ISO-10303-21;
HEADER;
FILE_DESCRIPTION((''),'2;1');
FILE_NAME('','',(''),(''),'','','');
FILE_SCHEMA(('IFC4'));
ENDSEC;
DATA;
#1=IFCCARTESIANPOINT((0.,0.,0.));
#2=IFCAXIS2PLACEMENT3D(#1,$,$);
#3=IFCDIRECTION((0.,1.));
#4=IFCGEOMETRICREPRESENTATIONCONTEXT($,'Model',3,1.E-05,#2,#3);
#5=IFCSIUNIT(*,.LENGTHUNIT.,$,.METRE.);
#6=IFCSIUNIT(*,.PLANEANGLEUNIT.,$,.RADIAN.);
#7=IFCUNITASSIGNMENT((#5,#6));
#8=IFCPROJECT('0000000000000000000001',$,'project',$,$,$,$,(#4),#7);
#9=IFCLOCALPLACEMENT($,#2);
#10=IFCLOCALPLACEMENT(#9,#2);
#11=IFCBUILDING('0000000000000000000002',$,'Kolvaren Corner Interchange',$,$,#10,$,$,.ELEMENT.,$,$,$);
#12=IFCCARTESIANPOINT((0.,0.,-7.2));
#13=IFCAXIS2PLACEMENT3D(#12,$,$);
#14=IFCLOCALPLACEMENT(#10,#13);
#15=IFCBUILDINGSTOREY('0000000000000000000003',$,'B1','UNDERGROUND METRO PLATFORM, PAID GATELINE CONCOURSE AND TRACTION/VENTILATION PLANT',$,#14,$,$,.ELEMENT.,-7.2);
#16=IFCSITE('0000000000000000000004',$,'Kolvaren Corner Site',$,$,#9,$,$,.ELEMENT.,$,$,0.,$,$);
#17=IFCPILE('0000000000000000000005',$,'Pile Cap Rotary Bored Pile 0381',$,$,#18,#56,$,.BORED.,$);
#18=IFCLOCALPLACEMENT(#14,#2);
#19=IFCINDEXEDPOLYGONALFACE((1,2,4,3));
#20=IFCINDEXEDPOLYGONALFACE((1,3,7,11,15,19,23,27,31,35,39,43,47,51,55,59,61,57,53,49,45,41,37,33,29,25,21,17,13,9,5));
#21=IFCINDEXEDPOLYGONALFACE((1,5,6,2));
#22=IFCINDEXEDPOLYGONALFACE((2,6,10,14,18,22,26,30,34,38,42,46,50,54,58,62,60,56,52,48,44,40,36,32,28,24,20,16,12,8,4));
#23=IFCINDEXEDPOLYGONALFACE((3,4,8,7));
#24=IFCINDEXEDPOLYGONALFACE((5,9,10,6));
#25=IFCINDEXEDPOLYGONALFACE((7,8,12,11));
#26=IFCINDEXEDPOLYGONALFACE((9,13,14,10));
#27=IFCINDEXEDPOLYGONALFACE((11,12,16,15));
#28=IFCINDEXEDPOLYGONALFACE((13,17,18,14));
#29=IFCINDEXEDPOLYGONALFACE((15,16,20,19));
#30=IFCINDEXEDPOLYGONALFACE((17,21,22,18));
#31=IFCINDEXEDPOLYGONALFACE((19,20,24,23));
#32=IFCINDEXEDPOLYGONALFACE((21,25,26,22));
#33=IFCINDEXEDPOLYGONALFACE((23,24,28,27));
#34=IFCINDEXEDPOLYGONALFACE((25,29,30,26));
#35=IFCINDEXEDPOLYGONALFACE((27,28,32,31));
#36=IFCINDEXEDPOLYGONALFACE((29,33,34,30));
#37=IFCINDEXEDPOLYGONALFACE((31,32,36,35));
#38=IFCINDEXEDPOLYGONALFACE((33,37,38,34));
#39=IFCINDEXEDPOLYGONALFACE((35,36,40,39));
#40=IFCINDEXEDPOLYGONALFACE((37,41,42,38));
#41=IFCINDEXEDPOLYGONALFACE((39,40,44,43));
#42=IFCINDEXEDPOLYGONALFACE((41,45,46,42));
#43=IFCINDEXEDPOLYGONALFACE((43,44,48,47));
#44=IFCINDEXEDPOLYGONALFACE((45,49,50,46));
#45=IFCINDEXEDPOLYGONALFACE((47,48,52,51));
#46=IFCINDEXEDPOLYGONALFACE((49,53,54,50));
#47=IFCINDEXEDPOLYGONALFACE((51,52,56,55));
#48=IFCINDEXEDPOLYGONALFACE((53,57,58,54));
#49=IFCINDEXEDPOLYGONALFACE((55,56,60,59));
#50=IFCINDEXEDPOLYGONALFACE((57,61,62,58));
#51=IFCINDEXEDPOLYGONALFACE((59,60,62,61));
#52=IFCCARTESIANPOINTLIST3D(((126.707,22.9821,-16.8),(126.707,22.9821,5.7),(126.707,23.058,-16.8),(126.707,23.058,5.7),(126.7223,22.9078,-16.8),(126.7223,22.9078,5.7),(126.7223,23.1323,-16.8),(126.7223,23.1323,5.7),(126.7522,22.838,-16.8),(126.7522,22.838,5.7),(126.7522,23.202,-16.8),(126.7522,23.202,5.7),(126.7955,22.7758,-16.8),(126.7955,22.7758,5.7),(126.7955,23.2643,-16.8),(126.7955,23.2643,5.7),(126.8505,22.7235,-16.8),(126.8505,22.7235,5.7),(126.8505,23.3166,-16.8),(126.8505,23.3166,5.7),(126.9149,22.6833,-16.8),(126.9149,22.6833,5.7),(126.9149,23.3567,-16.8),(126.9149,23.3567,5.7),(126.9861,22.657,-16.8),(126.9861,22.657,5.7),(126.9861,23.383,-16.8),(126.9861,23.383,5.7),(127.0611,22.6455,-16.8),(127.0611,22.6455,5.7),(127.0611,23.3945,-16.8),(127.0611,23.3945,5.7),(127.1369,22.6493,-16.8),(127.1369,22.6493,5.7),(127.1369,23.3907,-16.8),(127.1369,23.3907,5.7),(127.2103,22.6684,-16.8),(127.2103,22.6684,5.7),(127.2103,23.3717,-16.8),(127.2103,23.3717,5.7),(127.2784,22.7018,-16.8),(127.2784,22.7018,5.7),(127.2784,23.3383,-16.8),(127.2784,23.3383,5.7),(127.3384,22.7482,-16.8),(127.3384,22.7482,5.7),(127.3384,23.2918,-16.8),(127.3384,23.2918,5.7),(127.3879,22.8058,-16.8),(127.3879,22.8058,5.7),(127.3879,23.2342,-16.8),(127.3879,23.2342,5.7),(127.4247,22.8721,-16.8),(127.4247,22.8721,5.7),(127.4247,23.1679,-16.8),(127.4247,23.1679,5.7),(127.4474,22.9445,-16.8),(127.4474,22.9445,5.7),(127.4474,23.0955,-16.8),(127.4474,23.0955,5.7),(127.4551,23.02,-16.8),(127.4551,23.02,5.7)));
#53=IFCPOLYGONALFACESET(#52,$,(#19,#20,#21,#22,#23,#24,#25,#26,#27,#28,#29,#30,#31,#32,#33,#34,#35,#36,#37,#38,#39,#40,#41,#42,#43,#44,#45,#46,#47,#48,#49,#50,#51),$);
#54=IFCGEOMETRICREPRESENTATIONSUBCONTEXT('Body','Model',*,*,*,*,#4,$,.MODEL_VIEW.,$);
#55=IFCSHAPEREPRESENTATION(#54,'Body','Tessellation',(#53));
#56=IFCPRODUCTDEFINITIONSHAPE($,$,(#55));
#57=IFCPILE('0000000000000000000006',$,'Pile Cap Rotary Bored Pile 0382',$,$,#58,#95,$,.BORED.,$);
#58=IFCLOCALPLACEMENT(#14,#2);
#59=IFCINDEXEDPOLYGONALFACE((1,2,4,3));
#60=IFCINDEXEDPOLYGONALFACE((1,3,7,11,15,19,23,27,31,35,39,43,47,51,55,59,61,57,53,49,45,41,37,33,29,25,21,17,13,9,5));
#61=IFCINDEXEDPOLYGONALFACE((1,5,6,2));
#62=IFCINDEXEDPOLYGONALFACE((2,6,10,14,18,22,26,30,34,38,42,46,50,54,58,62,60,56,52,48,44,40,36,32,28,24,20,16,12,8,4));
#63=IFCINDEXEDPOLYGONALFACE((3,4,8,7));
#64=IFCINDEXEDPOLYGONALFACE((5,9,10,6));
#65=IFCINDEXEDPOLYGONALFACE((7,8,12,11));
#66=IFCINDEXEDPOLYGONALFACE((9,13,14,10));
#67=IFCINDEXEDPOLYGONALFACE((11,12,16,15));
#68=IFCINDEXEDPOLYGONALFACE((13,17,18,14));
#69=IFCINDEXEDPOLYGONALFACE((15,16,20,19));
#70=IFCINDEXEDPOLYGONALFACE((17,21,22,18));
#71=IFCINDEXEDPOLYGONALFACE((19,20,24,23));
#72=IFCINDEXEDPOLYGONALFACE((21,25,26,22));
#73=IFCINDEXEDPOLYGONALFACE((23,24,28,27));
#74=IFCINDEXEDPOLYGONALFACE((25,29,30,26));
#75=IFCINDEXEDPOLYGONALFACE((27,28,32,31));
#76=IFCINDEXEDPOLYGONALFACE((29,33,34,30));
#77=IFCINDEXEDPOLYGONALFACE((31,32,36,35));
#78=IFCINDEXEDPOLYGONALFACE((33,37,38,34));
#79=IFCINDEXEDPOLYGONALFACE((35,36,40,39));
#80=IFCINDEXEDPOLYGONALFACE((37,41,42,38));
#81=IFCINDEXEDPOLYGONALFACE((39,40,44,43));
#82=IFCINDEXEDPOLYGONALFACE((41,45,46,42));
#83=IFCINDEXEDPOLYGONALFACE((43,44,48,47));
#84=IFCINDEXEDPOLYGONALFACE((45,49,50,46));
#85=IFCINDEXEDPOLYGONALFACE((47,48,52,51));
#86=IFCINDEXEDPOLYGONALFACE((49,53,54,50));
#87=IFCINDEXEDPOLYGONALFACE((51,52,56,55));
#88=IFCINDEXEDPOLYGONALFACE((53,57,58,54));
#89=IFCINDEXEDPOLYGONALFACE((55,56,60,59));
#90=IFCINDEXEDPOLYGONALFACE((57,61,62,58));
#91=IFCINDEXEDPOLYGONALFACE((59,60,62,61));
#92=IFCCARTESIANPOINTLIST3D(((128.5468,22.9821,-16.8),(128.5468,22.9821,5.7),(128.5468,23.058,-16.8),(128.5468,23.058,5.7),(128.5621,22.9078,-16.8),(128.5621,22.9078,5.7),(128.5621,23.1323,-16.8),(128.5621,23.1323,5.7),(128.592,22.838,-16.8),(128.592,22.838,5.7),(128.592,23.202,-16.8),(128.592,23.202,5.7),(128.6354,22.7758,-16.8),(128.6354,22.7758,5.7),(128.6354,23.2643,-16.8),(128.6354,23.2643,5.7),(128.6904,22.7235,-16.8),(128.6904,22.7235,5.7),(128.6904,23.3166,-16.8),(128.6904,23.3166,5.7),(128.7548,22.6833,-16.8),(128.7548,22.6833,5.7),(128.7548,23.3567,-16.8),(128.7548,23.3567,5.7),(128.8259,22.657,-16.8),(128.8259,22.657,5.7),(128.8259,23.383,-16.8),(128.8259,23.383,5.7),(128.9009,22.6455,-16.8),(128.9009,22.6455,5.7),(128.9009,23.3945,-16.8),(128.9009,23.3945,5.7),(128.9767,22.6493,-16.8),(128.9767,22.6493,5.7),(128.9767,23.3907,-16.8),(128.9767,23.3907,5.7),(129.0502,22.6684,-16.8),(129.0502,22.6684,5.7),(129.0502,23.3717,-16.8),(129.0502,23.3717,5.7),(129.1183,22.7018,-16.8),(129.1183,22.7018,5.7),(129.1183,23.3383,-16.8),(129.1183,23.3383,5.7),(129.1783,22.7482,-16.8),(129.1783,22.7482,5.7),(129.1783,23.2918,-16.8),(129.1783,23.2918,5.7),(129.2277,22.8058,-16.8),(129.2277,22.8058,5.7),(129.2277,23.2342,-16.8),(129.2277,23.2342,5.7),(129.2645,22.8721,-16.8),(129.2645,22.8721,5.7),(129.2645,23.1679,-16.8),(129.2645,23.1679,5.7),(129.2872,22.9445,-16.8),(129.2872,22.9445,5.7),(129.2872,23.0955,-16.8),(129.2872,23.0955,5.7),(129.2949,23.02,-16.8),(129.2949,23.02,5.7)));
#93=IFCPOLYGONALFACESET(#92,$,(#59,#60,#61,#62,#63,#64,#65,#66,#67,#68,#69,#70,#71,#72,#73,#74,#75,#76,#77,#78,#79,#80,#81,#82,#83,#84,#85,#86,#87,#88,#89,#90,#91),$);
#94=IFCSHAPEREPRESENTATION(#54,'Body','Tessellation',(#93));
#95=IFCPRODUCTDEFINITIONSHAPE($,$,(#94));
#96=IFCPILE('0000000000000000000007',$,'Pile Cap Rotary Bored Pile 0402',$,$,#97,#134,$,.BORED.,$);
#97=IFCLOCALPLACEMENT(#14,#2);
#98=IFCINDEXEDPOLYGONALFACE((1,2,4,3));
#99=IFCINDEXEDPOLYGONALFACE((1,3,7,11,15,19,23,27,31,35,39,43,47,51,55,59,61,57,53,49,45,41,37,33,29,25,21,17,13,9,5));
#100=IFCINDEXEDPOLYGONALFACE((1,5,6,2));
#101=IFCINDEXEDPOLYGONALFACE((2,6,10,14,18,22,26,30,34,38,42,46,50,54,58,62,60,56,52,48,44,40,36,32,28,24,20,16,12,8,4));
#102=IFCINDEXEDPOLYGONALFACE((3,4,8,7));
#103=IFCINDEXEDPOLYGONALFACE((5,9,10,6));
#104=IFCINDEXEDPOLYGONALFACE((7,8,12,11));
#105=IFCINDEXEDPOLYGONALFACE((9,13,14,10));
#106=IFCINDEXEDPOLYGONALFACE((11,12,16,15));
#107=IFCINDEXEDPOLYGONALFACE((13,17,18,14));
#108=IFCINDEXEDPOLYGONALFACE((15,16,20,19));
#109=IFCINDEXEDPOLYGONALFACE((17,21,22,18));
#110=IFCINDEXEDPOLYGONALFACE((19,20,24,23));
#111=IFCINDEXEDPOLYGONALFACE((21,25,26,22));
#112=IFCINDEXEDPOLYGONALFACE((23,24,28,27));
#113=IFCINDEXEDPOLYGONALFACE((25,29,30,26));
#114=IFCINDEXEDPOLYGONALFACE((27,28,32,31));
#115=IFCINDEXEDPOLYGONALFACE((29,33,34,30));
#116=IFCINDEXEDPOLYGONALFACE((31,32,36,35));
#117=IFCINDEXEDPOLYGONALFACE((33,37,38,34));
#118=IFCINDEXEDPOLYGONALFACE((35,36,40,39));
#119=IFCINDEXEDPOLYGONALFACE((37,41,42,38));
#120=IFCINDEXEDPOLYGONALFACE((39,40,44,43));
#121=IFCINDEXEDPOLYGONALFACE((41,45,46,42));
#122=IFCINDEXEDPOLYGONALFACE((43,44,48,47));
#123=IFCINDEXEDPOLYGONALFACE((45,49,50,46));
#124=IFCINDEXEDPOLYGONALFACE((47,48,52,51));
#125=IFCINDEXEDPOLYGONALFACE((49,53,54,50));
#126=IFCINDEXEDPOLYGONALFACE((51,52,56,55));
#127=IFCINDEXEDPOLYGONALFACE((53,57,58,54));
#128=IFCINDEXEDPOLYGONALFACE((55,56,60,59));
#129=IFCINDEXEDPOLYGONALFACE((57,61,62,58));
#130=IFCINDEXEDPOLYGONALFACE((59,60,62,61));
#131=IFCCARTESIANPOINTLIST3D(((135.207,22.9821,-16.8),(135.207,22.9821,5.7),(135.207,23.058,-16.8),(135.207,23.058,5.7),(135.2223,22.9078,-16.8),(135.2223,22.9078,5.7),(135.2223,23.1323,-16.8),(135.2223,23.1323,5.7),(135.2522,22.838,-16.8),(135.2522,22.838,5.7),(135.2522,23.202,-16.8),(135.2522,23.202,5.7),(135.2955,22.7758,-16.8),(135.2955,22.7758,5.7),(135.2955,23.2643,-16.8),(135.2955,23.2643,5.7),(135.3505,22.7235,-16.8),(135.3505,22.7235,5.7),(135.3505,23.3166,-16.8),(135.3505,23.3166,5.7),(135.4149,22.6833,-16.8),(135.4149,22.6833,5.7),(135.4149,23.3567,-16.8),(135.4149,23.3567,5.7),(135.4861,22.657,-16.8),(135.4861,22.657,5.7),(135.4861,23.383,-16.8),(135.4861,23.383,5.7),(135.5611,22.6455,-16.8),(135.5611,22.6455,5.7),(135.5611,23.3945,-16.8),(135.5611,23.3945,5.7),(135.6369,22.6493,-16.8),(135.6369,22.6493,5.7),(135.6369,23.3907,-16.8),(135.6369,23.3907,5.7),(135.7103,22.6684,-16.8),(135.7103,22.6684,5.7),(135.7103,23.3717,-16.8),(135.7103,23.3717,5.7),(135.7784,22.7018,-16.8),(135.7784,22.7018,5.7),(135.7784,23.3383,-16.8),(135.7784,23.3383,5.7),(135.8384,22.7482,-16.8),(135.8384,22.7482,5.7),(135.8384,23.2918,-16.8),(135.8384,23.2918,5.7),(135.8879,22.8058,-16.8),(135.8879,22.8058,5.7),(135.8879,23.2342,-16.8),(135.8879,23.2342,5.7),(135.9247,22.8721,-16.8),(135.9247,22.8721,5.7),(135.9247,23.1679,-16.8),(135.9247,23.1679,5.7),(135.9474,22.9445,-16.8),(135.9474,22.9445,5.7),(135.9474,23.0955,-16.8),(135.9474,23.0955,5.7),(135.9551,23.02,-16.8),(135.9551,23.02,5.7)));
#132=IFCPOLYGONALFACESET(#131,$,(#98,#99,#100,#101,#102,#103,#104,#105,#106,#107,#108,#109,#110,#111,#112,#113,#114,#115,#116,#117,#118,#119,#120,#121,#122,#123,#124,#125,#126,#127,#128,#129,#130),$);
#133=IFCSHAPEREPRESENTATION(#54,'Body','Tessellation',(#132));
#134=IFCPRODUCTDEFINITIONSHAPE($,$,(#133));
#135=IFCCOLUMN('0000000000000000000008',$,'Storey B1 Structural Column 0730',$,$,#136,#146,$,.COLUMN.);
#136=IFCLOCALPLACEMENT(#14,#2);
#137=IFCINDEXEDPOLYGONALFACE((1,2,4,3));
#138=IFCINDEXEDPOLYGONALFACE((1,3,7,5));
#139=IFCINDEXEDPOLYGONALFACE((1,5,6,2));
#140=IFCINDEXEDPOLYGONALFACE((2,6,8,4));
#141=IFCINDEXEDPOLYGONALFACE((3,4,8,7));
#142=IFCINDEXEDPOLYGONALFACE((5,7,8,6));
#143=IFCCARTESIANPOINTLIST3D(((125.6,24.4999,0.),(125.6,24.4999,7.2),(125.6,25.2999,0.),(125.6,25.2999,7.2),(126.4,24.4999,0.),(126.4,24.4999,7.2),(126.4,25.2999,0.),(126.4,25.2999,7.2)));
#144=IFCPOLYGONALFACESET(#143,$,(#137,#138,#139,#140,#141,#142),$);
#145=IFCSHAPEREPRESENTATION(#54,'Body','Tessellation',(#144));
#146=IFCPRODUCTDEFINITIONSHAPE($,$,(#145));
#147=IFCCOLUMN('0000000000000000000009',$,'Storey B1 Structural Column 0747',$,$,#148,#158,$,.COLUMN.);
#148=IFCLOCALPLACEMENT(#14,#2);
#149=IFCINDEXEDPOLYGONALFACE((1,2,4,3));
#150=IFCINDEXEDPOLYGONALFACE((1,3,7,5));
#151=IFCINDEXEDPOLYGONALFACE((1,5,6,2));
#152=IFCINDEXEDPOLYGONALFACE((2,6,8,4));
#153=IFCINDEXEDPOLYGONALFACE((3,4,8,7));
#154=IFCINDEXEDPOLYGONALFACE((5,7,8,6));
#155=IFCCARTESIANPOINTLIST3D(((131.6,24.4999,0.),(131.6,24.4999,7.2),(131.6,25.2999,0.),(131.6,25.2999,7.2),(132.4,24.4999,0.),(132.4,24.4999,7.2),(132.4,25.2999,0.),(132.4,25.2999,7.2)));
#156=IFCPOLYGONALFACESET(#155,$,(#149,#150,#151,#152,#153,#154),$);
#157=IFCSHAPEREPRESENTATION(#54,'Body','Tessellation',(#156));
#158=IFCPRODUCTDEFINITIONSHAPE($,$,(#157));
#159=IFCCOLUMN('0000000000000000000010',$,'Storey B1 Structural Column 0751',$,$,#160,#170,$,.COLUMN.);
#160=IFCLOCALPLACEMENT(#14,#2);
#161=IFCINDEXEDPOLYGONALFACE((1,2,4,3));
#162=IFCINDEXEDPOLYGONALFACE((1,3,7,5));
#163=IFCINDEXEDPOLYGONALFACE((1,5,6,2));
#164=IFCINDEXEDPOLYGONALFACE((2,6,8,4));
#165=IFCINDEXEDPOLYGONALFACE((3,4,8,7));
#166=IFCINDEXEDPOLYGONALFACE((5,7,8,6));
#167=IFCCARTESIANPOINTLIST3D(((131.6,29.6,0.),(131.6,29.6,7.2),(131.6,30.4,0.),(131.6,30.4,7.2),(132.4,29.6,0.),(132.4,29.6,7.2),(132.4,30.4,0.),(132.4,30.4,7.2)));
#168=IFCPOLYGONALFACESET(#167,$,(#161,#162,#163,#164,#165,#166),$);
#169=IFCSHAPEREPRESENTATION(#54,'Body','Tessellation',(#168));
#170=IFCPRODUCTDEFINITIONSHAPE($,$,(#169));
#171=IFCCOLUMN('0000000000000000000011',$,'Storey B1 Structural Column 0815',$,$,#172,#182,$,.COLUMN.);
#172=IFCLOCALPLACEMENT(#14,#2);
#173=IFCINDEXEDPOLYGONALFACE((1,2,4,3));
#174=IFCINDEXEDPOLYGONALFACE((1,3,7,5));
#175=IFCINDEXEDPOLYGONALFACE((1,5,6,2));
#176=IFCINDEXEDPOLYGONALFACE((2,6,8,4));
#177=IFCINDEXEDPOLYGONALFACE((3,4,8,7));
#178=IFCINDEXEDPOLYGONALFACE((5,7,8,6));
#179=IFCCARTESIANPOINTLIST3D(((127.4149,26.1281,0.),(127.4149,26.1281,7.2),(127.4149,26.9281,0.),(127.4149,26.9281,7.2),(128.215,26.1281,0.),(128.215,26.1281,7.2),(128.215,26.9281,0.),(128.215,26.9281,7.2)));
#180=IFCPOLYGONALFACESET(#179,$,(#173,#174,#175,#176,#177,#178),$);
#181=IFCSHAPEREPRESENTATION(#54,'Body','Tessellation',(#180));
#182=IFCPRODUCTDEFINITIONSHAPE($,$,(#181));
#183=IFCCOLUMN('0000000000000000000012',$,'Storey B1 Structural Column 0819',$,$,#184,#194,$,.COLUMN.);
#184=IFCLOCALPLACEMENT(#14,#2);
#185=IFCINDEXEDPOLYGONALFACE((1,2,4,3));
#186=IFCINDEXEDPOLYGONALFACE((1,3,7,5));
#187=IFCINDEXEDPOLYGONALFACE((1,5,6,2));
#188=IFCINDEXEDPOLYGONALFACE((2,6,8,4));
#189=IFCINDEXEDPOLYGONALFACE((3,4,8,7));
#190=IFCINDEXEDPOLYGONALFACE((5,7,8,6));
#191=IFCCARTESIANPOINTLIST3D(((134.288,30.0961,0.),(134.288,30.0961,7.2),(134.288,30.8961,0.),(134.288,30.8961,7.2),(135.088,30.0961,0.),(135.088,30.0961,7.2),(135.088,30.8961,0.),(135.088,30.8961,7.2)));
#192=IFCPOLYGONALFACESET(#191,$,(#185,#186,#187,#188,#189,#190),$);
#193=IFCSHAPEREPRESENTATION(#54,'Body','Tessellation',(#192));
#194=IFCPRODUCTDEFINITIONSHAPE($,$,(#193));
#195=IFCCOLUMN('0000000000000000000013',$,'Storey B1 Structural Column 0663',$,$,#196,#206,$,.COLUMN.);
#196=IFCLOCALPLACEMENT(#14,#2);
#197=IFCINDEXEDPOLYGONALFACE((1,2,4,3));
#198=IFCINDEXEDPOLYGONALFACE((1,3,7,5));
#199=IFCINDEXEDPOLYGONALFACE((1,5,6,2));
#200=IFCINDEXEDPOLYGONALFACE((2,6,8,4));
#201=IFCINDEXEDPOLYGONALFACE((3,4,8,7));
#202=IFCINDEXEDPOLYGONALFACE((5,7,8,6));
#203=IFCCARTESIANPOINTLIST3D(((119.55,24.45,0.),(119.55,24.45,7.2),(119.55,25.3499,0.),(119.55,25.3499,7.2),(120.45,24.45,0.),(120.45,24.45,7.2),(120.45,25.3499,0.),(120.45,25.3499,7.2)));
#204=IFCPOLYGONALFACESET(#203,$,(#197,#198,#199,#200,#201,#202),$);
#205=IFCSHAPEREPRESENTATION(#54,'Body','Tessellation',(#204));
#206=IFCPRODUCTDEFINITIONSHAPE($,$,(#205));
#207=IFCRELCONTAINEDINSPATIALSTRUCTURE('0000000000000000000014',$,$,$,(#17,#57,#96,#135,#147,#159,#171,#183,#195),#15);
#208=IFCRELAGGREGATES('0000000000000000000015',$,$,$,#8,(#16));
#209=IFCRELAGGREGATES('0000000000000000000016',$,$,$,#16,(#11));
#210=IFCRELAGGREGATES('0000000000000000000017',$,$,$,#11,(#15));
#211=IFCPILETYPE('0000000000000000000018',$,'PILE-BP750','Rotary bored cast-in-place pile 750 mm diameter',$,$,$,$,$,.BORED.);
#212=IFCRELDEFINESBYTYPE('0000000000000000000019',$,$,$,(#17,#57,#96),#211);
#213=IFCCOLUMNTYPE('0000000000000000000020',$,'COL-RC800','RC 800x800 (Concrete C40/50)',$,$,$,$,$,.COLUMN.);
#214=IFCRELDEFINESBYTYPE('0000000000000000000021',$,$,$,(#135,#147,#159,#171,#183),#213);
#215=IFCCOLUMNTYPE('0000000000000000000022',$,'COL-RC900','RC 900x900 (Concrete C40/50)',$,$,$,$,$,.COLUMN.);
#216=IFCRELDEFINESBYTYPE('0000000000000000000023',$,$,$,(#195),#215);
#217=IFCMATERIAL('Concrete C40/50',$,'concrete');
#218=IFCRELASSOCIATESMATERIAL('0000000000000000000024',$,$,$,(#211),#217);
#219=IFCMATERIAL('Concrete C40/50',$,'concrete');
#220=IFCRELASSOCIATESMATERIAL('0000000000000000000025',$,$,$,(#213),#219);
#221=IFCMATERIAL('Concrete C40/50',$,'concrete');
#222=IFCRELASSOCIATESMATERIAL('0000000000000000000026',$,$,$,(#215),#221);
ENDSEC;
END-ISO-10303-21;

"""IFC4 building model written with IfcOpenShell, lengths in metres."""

from ifc_helpers import new_model, si_unit, direction, frame, origin, origin_2d, place, context, subcontext, project, spatial, rectangle, circle, extrude, material, material_profile, profile_set, type_object, element, save


model = new_model("IFC4")

# Units and contexts
model_context = context("Model", 3, precision=1e-05, world=origin(), true_north=direction((0.0, 1.0)))
body_context = subcontext(model_context, "Body", "Model", "MODEL_VIEW")
ifc_project = project(units=[si_unit("LENGTHUNIT", "METRE"), si_unit("PLANEANGLEUNIT", "RADIAN")], contexts=[model_context])

# Site, building, storey
site_placement = place(None, origin())
site = spatial("IfcSite", under=ifc_project, at=site_placement, Name="Kolvaren Corner Site", CompositionType="ELEMENT", RefElevation=0.0)
building_placement = place(site_placement, origin())
building = spatial("IfcBuilding", under=site, at=building_placement, Name="Kolvaren Corner Interchange", CompositionType="ELEMENT")
storey_placement = place(building_placement, frame((0.0, 0.0, -7.2)))
storey = spatial("IfcBuildingStorey", under=building, at=storey_placement, Name="B1", Description="UNDERGROUND METRO PLATFORM, PAID GATELINE CONCOURSE AND TRACTION/VENTILATION PLANT", CompositionType="ELEMENT", Elevation=-7.2)

# Piles
ifc_material_1 = material(Name="Concrete C40/50", Category="concrete")
ifc_material_profile_1 = material_profile(ifc_material_1, circle(Radius=0.375, at=origin_2d()), Name="BORED PILE 750")
ifc_profile_set_1 = profile_set([ifc_material_profile_1], Name="Concrete C40/50")
pile_type_1 = type_object("IfcPileType", Name="PILE-BP750", Description="Rotary bored cast-in-place pile 750 mm diameter", PredefinedType="BORED", material=ifc_profile_set_1)
for number, where, z_axis, x_axis, name in (
    (1, (127.0801, 23.02, 5.7), (0.0, 0.0, -1.0), (1.0, 0.0, 0.0), "Pile Cap Rotary Bored Pile 0381"),
    (2, (128.9199, 23.02, 5.7), (0.0, 0.0, -1.0), (1.0, 0.0, 0.0), "Pile Cap Rotary Bored Pile 0382"),
    (3, (135.5801, 23.02, 5.7), (0.0, 0.0, -1.0), (1.0, 0.0, 0.0), "Pile Cap Rotary Bored Pile 0402"),
):
    element("IfcPile", number, at=place(storey_placement, frame(where, z_axis=z_axis, x_axis=x_axis)), inside=storey, type_object=pile_type_1, Name=name, PredefinedType="BORED", context=body_context, shape_type="SweptSolid", body=[
        extrude(circle(Radius=0.375, at=origin_2d()), origin(), (0.0, 0.0, 1.0), 22.5),
    ])

# Columns
ifc_material_2 = material(Name="Concrete C40/50", Category="concrete")
ifc_material_profile_2 = material_profile(ifc_material_2, rectangle(XDim=0.8, YDim=0.8, at=origin_2d()), Name="RC 800x800")
ifc_profile_set_2 = profile_set([ifc_material_profile_2], Name="Concrete C40/50")
column_type_1 = type_object("IfcColumnType", Name="COL-RC800", Description="RC 800x800 (Concrete C40/50)", PredefinedType="COLUMN", material=ifc_profile_set_2)
for number, where, z_axis, x_axis, name in (
    (4, (126.0, 24.8999, 0.0), (0.0, 0.0, 1.0), (1.0, 0.0, 0.0), "Storey B1 Structural Column 0730"),
    (5, (132.0, 24.8999, 0.0), (0.0, 0.0, 1.0), (1.0, 0.0, 0.0), "Storey B1 Structural Column 0747"),
    (6, (132.0, 30.0, 0.0), (0.0, 0.0, 1.0), (1.0, 0.0, 0.0), "Storey B1 Structural Column 0751"),
    (7, (127.8149, 26.5281, 0.0), (0.0, 0.0, 1.0), (1.0, 0.0, 0.0), "Storey B1 Structural Column 0815"),
    (8, (134.688, 30.4961, 0.0), (0.0, 0.0, 1.0), (1.0, 0.0, 0.0), "Storey B1 Structural Column 0819"),
):
    element("IfcColumn", number, at=place(storey_placement, frame(where, z_axis=z_axis, x_axis=x_axis)), inside=storey, type_object=column_type_1, Name=name, PredefinedType="COLUMN", context=body_context, shape_type="SweptSolid", body=[
        extrude(rectangle(XDim=0.8, YDim=0.8, at=origin_2d()), origin(), (0.0, 0.0, 1.0), 7.2),
    ])
ifc_material_3 = material(Name="Concrete C40/50", Category="concrete")
ifc_material_profile_3 = material_profile(ifc_material_3, rectangle(XDim=0.8999, YDim=0.8999, at=origin_2d()), Name="RC 900x900")
ifc_profile_set_3 = profile_set([ifc_material_profile_3], Name="Concrete C40/50")
column_type_2 = type_object("IfcColumnType", Name="COL-RC900", Description="RC 900x900 (Concrete C40/50)", PredefinedType="COLUMN", material=ifc_profile_set_3)
column_placement = place(storey_placement, frame((120.0, 24.8999, 0.0), z_axis=(0.0, 0.0, 1.0), x_axis=(1.0, 0.0, 0.0)))
element("IfcColumn", 9, at=column_placement, inside=storey, type_object=column_type_2, Name="Storey B1 Structural Column 0663", PredefinedType="COLUMN", context=body_context, shape_type="SweptSolid", body=[
    extrude(rectangle(XDim=0.8999, YDim=0.8999, at=origin_2d()), origin(), (0.0, 0.0, 1.0), 7.2),
])

save(model, "model.ifc")
